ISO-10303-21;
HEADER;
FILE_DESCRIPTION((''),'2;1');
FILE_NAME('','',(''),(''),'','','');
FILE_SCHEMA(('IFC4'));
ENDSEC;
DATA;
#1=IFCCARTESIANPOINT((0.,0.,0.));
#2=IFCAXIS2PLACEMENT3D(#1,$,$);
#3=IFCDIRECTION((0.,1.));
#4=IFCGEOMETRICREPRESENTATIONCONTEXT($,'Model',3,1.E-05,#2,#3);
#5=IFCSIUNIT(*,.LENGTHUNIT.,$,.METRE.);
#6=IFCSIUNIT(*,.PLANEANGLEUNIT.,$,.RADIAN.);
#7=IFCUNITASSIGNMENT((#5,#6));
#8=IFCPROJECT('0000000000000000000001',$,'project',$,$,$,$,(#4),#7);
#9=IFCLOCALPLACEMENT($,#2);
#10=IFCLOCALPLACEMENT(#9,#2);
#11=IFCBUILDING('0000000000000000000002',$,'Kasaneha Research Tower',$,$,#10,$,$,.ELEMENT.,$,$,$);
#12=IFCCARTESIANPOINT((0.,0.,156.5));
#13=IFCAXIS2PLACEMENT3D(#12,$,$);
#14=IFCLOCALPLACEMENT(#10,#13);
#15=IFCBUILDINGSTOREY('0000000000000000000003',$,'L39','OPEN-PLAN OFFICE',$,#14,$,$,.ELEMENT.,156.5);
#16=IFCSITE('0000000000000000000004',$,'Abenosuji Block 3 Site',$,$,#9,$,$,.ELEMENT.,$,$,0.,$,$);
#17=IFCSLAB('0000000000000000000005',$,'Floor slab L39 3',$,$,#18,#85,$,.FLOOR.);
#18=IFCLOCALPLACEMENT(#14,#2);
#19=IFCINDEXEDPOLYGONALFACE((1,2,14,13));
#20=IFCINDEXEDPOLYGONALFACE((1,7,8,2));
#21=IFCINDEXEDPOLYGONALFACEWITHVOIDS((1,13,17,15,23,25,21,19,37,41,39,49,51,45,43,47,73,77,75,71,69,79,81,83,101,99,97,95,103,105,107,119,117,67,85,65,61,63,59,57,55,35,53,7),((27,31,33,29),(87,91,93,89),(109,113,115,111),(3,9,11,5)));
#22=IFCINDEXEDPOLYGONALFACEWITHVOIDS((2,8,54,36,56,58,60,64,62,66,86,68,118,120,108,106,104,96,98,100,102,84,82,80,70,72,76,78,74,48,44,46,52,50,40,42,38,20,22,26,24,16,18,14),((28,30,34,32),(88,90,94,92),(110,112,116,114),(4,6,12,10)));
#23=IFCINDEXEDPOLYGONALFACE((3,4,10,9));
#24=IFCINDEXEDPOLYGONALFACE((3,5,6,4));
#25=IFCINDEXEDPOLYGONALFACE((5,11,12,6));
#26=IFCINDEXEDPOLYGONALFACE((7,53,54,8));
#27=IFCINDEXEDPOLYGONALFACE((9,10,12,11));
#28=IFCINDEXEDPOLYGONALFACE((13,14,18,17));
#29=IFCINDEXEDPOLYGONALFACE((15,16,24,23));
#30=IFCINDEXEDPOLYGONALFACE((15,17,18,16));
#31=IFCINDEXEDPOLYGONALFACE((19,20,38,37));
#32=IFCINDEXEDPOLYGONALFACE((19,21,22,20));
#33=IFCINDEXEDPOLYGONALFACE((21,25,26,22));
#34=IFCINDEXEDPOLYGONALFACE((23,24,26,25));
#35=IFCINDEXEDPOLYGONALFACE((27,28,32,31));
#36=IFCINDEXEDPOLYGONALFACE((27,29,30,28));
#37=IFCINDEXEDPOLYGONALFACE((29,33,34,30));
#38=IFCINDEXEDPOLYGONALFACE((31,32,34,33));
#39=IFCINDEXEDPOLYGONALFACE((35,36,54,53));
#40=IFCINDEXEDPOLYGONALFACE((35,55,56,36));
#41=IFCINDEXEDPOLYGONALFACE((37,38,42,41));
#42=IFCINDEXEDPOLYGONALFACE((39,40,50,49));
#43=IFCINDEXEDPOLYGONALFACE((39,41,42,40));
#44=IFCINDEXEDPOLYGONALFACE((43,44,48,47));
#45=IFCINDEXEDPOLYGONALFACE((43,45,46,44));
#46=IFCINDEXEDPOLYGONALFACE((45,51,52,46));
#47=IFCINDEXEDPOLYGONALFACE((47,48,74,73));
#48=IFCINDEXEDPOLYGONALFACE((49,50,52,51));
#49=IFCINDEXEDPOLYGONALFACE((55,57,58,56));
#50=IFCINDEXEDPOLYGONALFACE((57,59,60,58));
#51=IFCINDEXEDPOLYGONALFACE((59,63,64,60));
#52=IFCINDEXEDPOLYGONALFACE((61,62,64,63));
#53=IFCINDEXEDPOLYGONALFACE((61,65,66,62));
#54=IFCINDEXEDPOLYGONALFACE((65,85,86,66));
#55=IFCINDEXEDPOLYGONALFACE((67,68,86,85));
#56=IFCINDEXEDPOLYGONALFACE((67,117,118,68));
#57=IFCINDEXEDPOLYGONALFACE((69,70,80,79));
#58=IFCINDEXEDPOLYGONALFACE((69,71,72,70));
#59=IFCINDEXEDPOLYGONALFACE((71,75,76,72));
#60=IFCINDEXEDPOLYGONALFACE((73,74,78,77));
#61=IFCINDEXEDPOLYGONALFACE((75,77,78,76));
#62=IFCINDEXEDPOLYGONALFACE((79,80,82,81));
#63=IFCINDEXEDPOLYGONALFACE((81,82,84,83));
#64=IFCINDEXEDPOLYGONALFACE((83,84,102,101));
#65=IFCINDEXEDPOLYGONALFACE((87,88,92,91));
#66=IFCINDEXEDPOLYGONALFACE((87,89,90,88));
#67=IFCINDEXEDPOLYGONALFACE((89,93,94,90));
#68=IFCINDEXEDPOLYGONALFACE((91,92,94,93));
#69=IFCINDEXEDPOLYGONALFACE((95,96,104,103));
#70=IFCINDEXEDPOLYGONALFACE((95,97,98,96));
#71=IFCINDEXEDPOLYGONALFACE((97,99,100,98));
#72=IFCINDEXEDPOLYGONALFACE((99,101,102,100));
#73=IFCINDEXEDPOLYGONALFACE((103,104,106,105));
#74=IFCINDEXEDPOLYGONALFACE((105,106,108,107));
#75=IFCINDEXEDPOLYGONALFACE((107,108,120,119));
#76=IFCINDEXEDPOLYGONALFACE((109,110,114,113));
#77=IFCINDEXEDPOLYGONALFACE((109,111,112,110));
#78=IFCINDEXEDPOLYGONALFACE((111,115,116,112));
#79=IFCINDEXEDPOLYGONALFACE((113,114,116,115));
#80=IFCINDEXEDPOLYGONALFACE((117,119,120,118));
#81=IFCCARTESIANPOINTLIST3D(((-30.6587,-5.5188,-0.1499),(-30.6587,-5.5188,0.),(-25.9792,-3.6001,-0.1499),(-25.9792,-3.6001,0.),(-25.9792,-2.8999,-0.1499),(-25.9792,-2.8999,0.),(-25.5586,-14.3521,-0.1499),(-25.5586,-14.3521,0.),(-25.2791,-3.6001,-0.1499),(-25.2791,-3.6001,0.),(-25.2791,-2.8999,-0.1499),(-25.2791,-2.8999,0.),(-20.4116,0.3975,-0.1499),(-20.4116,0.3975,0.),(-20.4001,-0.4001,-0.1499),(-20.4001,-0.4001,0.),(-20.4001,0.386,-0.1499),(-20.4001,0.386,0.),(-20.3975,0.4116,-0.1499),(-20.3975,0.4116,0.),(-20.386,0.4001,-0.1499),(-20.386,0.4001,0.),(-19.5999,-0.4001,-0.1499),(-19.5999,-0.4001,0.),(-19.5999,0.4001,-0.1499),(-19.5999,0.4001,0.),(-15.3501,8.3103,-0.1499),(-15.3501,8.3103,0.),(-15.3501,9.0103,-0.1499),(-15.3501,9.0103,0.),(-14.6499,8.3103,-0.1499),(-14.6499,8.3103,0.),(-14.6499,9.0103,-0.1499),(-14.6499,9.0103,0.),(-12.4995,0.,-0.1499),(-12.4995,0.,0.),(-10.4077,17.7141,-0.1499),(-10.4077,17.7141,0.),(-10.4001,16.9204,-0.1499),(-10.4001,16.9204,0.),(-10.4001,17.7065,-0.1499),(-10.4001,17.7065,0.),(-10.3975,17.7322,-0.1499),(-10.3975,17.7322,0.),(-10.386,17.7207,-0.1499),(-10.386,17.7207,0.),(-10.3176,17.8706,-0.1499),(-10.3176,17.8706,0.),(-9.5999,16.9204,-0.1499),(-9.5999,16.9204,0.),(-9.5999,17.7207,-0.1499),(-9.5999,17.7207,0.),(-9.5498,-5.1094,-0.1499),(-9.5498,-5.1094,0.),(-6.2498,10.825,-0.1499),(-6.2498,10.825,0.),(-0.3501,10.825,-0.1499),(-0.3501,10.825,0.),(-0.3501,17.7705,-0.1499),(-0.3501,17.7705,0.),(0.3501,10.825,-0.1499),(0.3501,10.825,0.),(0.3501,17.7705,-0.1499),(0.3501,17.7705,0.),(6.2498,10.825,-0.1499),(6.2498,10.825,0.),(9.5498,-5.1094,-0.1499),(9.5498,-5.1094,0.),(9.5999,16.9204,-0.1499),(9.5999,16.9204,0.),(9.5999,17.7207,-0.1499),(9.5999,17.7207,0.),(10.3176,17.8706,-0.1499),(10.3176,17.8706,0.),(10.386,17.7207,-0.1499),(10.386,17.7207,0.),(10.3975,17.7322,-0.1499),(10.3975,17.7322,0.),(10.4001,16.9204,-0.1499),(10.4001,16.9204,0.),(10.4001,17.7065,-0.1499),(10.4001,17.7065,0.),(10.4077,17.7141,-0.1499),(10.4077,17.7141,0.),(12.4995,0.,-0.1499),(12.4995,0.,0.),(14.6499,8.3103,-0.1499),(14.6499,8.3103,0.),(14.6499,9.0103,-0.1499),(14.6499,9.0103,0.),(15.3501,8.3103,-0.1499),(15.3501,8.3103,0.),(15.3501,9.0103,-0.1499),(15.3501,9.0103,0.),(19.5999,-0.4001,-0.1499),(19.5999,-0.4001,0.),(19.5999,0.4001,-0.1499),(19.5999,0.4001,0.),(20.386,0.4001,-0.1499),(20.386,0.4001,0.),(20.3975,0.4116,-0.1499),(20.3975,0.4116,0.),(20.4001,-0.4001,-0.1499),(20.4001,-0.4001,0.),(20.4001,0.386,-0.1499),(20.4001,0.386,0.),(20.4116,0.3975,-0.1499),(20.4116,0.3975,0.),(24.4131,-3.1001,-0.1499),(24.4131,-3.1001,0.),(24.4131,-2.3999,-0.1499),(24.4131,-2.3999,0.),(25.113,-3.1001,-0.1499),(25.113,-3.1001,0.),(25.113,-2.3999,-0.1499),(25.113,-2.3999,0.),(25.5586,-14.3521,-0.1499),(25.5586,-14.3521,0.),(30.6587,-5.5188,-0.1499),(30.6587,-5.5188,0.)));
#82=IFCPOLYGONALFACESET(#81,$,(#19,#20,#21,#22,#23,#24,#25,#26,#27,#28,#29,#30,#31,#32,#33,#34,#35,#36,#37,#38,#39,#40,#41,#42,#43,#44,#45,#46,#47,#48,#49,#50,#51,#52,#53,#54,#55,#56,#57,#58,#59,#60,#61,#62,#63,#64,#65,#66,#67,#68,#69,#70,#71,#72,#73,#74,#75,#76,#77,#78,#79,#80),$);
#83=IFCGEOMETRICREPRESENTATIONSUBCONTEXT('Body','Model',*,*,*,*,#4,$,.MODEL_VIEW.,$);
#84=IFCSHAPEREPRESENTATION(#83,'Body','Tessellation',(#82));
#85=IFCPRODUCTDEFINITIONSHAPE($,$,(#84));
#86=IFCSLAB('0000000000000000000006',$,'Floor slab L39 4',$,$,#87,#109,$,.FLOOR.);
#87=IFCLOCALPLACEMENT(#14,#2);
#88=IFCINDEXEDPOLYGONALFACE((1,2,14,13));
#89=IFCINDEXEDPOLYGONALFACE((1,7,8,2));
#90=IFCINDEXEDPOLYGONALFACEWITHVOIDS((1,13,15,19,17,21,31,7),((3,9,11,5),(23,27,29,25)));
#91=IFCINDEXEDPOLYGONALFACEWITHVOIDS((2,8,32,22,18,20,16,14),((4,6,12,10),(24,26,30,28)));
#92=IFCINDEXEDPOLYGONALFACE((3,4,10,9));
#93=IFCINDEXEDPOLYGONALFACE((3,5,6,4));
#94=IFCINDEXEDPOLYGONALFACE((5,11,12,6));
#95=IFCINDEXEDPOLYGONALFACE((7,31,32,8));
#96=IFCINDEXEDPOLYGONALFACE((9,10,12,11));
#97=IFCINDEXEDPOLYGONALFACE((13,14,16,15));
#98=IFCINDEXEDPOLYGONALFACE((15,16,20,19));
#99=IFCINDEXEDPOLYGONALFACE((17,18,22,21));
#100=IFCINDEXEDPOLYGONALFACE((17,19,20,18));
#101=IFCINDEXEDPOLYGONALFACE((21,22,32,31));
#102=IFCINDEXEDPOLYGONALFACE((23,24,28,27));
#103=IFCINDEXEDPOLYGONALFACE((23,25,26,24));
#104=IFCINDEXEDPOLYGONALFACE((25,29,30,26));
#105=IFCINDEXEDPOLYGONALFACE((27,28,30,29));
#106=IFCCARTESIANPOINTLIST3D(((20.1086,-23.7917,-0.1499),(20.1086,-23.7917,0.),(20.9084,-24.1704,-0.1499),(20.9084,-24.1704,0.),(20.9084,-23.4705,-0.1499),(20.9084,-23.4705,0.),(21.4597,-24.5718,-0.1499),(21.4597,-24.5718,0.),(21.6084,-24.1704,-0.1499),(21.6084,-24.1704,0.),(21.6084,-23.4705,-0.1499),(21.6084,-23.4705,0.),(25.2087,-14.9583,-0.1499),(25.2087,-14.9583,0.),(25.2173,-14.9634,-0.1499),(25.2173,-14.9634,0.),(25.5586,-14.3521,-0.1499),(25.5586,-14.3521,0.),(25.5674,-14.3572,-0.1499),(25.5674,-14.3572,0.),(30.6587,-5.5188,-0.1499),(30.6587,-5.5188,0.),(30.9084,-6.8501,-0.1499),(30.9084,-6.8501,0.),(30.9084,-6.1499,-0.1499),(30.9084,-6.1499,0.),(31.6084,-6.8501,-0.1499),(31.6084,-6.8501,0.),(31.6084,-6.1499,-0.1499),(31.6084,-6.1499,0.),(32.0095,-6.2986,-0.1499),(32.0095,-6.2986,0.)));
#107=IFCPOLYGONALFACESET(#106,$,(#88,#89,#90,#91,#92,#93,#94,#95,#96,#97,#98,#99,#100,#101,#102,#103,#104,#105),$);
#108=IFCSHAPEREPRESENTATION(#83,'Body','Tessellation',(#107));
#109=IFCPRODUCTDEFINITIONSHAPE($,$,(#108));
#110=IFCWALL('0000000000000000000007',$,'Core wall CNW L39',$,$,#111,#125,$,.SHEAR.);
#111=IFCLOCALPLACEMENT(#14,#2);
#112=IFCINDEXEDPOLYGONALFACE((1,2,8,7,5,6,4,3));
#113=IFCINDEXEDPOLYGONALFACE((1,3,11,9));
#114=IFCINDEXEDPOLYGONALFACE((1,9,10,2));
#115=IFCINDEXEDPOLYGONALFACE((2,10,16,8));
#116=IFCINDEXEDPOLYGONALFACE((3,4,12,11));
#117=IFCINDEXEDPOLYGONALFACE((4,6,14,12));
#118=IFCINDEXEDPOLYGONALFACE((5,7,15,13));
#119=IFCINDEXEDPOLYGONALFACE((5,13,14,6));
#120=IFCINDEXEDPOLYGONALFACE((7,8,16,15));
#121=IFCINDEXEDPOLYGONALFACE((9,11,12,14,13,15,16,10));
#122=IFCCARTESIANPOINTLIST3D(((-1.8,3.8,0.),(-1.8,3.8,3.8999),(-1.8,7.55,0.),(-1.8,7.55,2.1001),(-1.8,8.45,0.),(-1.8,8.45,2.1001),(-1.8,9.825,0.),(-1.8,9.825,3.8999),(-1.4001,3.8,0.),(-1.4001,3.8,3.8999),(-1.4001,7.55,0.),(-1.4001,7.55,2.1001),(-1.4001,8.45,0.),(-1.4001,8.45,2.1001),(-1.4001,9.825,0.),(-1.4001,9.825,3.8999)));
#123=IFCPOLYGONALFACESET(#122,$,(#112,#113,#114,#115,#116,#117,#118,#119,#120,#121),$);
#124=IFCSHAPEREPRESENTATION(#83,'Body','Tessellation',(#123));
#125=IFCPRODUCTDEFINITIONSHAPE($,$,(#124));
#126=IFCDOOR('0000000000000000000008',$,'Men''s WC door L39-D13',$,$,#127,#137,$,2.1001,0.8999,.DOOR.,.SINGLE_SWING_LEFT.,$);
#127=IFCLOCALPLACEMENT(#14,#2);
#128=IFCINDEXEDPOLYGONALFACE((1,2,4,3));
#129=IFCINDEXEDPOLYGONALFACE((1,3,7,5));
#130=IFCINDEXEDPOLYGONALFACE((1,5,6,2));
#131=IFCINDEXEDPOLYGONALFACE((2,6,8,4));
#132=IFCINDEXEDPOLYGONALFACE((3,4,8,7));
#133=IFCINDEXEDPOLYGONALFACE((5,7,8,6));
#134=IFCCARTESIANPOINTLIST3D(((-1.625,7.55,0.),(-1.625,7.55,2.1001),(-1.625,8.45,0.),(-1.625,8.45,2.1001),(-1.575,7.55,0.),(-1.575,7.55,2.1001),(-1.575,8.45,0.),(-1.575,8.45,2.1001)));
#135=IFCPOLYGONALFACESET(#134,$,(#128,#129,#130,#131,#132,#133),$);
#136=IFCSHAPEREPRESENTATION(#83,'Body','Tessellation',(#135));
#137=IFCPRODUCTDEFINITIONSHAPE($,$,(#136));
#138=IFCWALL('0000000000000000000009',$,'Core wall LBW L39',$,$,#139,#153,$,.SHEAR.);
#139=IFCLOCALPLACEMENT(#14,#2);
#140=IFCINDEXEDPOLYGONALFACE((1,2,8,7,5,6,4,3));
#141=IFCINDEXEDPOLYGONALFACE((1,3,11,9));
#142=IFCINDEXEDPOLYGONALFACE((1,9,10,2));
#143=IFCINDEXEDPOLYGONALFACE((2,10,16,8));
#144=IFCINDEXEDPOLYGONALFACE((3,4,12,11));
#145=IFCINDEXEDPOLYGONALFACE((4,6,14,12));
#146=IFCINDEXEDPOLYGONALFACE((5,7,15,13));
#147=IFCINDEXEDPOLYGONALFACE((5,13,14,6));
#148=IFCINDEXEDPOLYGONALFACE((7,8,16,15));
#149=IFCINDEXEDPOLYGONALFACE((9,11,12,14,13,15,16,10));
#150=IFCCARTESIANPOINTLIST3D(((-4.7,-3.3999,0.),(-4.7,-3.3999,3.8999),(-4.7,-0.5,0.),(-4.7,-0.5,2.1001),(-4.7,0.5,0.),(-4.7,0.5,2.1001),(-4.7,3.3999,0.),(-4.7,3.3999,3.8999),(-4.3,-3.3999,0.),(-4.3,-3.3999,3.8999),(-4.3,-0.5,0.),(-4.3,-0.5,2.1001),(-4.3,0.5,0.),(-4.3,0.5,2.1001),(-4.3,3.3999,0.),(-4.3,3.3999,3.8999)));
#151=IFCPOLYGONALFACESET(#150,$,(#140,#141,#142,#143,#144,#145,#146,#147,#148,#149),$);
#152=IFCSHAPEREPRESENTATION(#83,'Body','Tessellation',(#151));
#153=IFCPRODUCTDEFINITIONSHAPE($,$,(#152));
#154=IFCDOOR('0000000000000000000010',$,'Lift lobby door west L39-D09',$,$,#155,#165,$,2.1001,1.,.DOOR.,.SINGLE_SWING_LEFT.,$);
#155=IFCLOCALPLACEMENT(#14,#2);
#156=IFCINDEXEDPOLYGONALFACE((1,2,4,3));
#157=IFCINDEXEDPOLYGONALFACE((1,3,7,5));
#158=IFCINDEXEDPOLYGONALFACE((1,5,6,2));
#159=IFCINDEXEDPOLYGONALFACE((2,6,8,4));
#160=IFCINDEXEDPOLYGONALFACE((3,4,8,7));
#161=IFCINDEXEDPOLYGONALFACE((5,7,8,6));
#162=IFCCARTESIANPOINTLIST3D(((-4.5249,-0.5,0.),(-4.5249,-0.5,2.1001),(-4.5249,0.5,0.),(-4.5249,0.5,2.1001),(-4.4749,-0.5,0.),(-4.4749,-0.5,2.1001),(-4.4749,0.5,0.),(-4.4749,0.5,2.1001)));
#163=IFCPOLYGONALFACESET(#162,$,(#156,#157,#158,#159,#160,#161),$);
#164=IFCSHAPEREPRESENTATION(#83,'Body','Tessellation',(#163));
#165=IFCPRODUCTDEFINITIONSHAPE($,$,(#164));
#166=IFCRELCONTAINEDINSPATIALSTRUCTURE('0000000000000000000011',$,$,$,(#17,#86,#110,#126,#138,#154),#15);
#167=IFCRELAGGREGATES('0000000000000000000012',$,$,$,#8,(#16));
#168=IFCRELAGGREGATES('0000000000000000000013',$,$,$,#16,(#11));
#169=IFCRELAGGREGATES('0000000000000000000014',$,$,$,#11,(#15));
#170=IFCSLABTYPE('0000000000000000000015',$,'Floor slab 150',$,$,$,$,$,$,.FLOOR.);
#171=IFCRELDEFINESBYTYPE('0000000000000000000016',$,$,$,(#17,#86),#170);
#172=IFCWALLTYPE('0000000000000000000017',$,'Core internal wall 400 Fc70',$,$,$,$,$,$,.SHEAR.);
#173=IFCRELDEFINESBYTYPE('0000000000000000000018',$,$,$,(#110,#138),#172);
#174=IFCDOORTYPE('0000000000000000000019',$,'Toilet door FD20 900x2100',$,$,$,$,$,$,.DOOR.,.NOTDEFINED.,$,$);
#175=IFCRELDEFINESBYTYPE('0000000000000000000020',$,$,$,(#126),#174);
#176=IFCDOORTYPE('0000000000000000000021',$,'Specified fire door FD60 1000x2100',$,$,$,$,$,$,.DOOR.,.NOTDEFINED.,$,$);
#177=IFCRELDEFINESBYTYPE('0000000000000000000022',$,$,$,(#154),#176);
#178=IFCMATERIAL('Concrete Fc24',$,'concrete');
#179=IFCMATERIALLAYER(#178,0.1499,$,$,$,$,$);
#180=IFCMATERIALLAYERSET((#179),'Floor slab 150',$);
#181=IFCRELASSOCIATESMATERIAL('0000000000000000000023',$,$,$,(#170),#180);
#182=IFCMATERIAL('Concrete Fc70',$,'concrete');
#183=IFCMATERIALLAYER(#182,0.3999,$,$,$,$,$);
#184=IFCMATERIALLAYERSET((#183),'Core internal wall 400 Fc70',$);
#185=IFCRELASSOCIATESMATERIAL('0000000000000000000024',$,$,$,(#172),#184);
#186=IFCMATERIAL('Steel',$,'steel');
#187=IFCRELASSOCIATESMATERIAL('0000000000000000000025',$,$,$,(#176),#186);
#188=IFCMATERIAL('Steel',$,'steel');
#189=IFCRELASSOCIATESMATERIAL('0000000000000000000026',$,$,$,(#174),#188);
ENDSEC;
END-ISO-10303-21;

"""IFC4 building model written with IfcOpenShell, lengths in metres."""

from ifc_helpers import new_model, si_unit, direction, frame, frame_2d, origin, place, context, subcontext, project, spatial, polyline, rectangle, outline, extrude, material, layer, layer_set, type_object, element, fill, save


model = new_model("IFC4")

# Units and contexts
model_context = context("Model", 3, precision=1e-05, world=origin(), true_north=direction((0.0, 1.0)))
body_context = subcontext(model_context, "Body", "Model", "MODEL_VIEW")
ifc_project = project(units=[si_unit("LENGTHUNIT", "METRE"), si_unit("PLANEANGLEUNIT", "RADIAN")], contexts=[model_context])

# Site, building, storey
site_placement = place(None, origin())
site = spatial("IfcSite", under=ifc_project, at=site_placement, Name="Abenosuji Block 3 Site", CompositionType="ELEMENT", RefElevation=0.0)
building_placement = place(site_placement, origin())
building = spatial("IfcBuilding", under=site, at=building_placement, Name="Kasaneha Research Tower", CompositionType="ELEMENT")
storey_placement = place(building_placement, frame((0.0, 0.0, 156.5)))
storey = spatial("IfcBuildingStorey", under=building, at=storey_placement, Name="L39", Description="OPEN-PLAN OFFICE", CompositionType="ELEMENT", Elevation=156.5)

# Slabs
ifc_material_1 = material(Name="Concrete Fc24", Category="concrete")
ifc_layer_1 = layer(ifc_material_1, 0.1499)
ifc_layer_set_1 = layer_set([ifc_layer_1], Name="Floor slab 150")
slab_type = type_object("IfcSlabType", Name="Floor slab 150", PredefinedType="FLOOR", material=ifc_layer_set_1)
slab_1_placement = place(storey_placement, frame((0.0, 0.0, -0.1499)))
element("IfcSlab", 1, at=slab_1_placement, inside=storey, type_object=slab_type, Name="Floor slab L39 3", PredefinedType="FLOOR", context=body_context, shape_type="SweptSolid", body=[
    extrude(outline(polyline([(-20.4001, -0.4001), (-19.5999, -0.4001), (-19.5999, 0.4001), (-20.386, 0.4001), (-20.3975, 0.4116), (-10.4077, 17.7141), (-10.4001, 17.7065), (-10.4001, 16.9204), (-9.5999, 16.9204), (-9.5999, 17.7207), (-10.386, 17.7207), (-10.3975, 17.7322), (-10.3176, 17.8706), (10.3176, 17.8706), (10.3975, 17.7322), (10.386, 17.7207), (9.5999, 17.7207), (9.5999, 16.9204), (10.4001, 16.9204), (10.4001, 17.7065), (10.4077, 17.7141), (20.3975, 0.4116), (20.386, 0.4001), (19.5999, 0.4001), (19.5999, -0.4001), (20.4001, -0.4001), (20.4001, 0.386), (20.4116, 0.3975), (30.6587, -5.5188), (25.5586, -14.3521), (9.5498, -5.1094), (12.4995, 0.0), (6.2498, 10.825), (0.3501, 10.825), (0.3501, 17.7705), (-0.3501, 17.7705), (-0.3501, 10.825), (-6.2498, 10.825), (-12.4995, 0.0), (-9.5498, -5.1094), (-25.5586, -14.3521), (-30.6587, -5.5188), (-20.4116, 0.3975), (-20.4001, 0.386), (-20.4001, -0.4001)]), holes=[polyline([(-25.2791, -3.6001), (-25.2791, -2.8999), (-25.9792, -2.8999), (-25.9792, -3.6001), (-25.2791, -3.6001)]), polyline([(-15.3501, 8.3103), (-14.6499, 8.3103), (-14.6499, 9.0103), (-15.3501, 9.0103), (-15.3501, 8.3103)]), polyline([(24.4131, -3.1001), (25.113, -3.1001), (25.113, -2.3999), (24.4131, -2.3999), (24.4131, -3.1001)]), polyline([(14.6499, 8.3103), (15.3501, 8.3103), (15.3501, 9.0103), (14.6499, 9.0103), (14.6499, 8.3103)])]), origin(), (0.0, 0.0, 1.0), 0.1499),
])
slab_2_placement = place(storey_placement, frame((0.0, 0.0, -0.1499)))
element("IfcSlab", 2, at=slab_2_placement, inside=storey, type_object=slab_type, Name="Floor slab L39 4", PredefinedType="FLOOR", context=body_context, shape_type="SweptSolid", body=[
    extrude(outline(polyline([(32.0095, -6.2986), (21.4597, -24.5718), (20.1086, -23.7917), (25.2087, -14.9583), (25.2173, -14.9634), (25.5674, -14.3572), (25.5586, -14.3521), (30.6587, -5.5188), (32.0095, -6.2986)]), holes=[polyline([(21.6084, -24.1704), (21.6084, -23.4705), (20.9084, -23.4705), (20.9084, -24.1704), (21.6084, -24.1704)]), polyline([(31.6084, -6.8501), (31.6084, -6.1499), (30.9084, -6.1499), (30.9084, -6.8501), (31.6084, -6.8501)])]), origin(), (0.0, 0.0, 1.0), 0.1499),
])

# Shared definitions
ifc_material_2 = material(Name="Concrete Fc70", Category="concrete")
ifc_layer_2 = layer(ifc_material_2, 0.3999)
ifc_layer_set_2 = layer_set([ifc_layer_2], Name="Core internal wall 400 Fc70")
wall_type = type_object("IfcWallType", Name="Core internal wall 400 Fc70", PredefinedType="SHEAR", material=ifc_layer_set_2)
ifc_material_3 = material(Name="Steel", Category="steel")
door_type_1 = type_object("IfcDoorType", Name="Specified fire door FD60 1000x2100", OperationType="NOTDEFINED", PredefinedType="DOOR", material=ifc_material_3)

# Walls, openings, doors
wall_1_placement = place(storey_placement, frame((-1.6001, 3.8, 0.0), z_axis=(0.0, 0.0, 1.0), x_axis=(0.0, 1.0, 0.0)))
wall_1 = element("IfcWall", 3, at=wall_1_placement, inside=storey, type_object=wall_type, Name="Core wall CNW L39", PredefinedType="SHEAR", context=body_context, shape_type="SweptSolid", body=[
    extrude(rectangle(XDim=6.0249, YDim=0.3999, at=frame_2d((3.0125, 0.0))), origin(), (0.0, 0.0, 1.0), 3.8999),
])
opening_1_placement = place(wall_1_placement, frame((3.75, 0.0, 0.0)))
opening_1 = element("IfcOpeningElement", 4, at=opening_1_placement, cuts=wall_1, PredefinedType="OPENING", context=body_context, shape_type="SweptSolid", body=[
    extrude(rectangle(XDim=0.8999, YDim=2.1001, at=frame_2d((0.45, 1.05))), frame((0.0, 0.21, 0.0), z_axis=(0.0, -1.0, 0.0), x_axis=(1.0, 0.0, 0.0)), (0.0, 0.0, 1.0), 0.4199),
])
ifc_material_4 = material(Name="Steel", Category="steel")
door_type_2 = type_object("IfcDoorType", Name="Toilet door FD20 900x2100", OperationType="NOTDEFINED", PredefinedType="DOOR", material=ifc_material_4)
door_1_placement = place(opening_1_placement, origin())
door_1 = element("IfcDoor", 5, at=door_1_placement, inside=storey, type_object=door_type_2, Name="Men's WC door L39-D13", OperationType="SINGLE_SWING_LEFT", OverallHeight=2.1001, OverallWidth=0.8999, PredefinedType="DOOR", context=body_context, shape_type="SweptSolid", body=[
    extrude(rectangle(XDim=0.8999, YDim=2.1001, at=frame_2d((0.45, 1.05))), frame((0.0, 0.0249, 0.0), z_axis=(0.0, -1.0, 0.0), x_axis=(1.0, 0.0, 0.0)), (0.0, 0.0, 1.0), 0.05),
])
fill(opening_1, door_1)
wall_2_placement = place(storey_placement, frame((-4.5, -3.3999, 0.0), z_axis=(0.0, 0.0, 1.0), x_axis=(0.0, 1.0, 0.0)))
wall_2 = element("IfcWall", 6, at=wall_2_placement, inside=storey, type_object=wall_type, Name="Core wall LBW L39", PredefinedType="SHEAR", context=body_context, shape_type="SweptSolid", body=[
    extrude(rectangle(XDim=6.7998, YDim=0.3999, at=frame_2d((3.3999, 0.0))), origin(), (0.0, 0.0, 1.0), 3.8999),
])
opening_2_placement = place(wall_2_placement, frame((2.8999, 0.0, 0.0)))
opening_2 = element("IfcOpeningElement", 7, at=opening_2_placement, cuts=wall_2, PredefinedType="OPENING", context=body_context, shape_type="SweptSolid", body=[
    extrude(rectangle(XDim=1.0, YDim=2.1001, at=frame_2d((0.5, 1.05))), frame((0.0, 0.21, 0.0), z_axis=(0.0, -1.0, 0.0), x_axis=(1.0, 0.0, 0.0)), (0.0, 0.0, 1.0), 0.4199),
])
door_2_placement = place(opening_2_placement, origin())
door_2 = element("IfcDoor", 8, at=door_2_placement, inside=storey, type_object=door_type_1, Name="Lift lobby door west L39-D09", OperationType="SINGLE_SWING_LEFT", OverallHeight=2.1001, OverallWidth=1.0, PredefinedType="DOOR", context=body_context, shape_type="SweptSolid", body=[
    extrude(rectangle(XDim=1.0, YDim=2.1001, at=frame_2d((0.5, 1.05))), frame((0.0, 0.0249, 0.0), z_axis=(0.0, -1.0, 0.0), x_axis=(1.0, 0.0, 0.0)), (0.0, 0.0, 1.0), 0.05),
])
fill(opening_2, door_2)

save(model, "model.ifc")
